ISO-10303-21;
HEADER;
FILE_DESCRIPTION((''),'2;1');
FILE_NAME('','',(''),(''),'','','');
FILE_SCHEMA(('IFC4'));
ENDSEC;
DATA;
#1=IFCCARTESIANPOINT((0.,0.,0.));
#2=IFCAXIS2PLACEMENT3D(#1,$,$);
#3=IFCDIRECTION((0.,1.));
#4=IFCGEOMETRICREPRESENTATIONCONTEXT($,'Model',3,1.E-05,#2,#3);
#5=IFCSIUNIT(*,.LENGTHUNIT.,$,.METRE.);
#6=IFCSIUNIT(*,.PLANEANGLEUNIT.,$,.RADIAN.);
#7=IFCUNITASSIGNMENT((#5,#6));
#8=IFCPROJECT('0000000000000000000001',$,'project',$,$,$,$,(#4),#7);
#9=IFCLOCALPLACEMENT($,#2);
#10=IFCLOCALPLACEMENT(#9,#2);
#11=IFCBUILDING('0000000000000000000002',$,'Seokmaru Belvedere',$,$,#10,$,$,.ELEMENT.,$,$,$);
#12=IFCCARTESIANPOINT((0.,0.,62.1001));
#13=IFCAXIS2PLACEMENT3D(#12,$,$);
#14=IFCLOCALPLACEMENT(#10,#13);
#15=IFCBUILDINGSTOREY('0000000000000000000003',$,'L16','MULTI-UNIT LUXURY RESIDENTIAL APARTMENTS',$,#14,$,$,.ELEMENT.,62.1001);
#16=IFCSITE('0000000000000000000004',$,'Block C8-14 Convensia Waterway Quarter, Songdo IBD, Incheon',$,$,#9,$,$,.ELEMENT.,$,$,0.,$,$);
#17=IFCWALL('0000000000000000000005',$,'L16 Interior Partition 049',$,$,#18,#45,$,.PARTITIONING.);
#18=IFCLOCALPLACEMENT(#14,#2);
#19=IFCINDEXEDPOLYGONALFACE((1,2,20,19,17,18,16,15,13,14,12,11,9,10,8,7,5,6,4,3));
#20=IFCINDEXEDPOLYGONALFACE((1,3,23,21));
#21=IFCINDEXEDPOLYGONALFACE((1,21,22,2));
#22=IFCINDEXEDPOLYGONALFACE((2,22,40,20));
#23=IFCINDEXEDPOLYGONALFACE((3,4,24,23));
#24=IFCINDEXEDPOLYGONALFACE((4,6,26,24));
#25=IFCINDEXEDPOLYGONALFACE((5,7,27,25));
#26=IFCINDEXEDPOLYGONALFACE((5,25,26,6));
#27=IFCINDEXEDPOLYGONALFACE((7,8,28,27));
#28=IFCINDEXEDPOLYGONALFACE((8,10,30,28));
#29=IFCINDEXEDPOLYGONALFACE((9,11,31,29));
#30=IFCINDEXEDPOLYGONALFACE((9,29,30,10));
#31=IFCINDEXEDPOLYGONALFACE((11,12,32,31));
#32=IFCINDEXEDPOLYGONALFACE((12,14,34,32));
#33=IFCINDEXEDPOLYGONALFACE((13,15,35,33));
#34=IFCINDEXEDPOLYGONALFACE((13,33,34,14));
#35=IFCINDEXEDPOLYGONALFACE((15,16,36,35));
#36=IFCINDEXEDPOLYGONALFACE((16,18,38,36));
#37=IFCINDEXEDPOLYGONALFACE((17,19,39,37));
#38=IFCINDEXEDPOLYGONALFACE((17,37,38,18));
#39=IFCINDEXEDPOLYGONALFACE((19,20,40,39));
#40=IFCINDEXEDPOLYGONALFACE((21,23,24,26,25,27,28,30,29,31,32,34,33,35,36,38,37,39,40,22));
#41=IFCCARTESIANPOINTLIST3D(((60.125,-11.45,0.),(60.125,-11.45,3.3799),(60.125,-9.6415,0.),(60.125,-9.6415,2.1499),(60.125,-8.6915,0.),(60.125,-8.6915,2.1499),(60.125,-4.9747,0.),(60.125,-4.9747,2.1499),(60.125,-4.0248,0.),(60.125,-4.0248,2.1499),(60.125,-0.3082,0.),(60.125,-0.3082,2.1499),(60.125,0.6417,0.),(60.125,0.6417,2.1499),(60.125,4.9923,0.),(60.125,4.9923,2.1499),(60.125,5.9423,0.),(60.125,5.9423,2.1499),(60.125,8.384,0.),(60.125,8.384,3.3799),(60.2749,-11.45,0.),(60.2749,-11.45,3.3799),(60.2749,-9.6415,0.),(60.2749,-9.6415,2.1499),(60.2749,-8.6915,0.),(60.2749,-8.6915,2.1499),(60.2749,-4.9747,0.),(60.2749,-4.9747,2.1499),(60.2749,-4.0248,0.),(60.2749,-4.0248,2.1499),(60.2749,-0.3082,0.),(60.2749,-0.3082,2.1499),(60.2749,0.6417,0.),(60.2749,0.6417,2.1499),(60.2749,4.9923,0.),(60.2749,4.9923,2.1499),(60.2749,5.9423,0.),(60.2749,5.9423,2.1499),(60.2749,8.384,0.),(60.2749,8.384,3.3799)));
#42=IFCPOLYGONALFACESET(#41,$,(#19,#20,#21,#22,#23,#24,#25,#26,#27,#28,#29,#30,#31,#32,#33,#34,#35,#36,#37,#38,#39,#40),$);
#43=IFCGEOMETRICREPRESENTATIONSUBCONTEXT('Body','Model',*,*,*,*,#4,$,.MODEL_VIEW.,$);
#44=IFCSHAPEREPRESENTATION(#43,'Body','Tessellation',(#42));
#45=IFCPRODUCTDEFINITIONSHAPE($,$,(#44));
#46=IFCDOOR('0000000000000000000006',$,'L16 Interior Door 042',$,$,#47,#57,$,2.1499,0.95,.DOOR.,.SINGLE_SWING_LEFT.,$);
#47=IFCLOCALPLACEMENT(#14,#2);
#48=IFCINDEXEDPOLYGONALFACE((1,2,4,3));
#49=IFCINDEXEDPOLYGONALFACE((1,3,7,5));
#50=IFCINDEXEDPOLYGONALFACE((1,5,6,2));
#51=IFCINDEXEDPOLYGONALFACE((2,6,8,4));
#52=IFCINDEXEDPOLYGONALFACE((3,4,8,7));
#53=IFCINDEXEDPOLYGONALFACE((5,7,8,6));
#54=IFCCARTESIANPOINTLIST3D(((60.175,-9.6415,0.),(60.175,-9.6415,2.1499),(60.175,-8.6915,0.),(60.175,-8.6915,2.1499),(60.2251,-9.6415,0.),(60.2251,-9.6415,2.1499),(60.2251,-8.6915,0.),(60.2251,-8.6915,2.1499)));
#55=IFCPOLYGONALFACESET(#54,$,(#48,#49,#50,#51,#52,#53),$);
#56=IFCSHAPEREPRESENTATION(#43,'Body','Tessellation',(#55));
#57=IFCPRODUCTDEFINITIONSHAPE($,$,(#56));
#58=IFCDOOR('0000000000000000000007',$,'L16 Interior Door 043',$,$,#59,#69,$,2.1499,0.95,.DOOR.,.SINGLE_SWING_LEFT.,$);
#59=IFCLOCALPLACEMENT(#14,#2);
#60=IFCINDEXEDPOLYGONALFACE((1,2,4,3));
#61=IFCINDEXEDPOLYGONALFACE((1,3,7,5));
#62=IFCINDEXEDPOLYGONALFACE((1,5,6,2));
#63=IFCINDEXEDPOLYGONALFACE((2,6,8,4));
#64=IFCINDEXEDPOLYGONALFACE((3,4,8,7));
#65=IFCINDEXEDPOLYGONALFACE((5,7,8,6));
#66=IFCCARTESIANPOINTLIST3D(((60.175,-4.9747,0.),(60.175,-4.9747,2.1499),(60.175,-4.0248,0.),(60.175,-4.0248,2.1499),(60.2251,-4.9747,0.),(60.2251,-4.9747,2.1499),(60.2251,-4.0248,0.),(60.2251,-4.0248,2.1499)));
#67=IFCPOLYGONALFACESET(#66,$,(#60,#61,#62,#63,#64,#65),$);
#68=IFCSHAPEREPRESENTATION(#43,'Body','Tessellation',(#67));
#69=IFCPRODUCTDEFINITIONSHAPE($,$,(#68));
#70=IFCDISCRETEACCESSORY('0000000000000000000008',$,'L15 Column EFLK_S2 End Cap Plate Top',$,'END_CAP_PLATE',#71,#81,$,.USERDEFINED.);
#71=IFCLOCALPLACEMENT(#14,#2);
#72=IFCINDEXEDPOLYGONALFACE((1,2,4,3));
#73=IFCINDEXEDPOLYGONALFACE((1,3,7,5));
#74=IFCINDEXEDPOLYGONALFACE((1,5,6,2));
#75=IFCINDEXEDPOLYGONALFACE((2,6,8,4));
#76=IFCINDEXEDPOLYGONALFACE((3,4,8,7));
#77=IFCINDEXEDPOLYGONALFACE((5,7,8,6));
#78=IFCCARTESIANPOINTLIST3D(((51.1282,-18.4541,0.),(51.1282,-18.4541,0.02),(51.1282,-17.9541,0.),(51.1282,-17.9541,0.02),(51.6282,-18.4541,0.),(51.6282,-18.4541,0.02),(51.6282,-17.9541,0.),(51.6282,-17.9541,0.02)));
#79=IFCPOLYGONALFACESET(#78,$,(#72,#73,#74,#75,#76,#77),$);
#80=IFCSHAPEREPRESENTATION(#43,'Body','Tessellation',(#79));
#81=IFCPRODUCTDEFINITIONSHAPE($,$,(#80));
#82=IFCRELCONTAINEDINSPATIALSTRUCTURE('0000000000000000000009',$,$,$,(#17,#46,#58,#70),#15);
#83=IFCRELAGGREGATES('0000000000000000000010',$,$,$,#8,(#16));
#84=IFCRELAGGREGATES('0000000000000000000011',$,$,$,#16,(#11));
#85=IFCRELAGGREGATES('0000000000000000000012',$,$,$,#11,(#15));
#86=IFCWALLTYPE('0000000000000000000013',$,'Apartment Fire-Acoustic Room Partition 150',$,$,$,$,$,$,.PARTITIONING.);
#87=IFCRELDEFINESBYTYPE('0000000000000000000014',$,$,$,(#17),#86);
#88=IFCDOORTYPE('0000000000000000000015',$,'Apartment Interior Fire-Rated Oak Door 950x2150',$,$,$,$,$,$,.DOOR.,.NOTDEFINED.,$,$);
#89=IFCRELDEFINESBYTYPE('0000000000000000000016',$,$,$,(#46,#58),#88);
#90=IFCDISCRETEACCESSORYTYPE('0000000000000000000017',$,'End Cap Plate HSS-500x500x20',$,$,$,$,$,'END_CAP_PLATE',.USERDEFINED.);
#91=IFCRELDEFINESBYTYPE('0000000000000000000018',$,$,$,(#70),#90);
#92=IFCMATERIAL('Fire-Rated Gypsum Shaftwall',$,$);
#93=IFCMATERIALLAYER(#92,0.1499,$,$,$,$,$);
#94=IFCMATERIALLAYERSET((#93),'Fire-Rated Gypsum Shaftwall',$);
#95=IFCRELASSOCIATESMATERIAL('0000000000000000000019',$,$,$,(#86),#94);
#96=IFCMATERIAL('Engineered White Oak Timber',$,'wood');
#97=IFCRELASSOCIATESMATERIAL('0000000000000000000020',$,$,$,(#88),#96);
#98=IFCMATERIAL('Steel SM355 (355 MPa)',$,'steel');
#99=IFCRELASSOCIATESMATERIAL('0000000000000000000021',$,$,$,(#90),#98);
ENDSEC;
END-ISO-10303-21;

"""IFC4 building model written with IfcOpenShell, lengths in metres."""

from ifc_helpers import new_model, si_unit, direction, frame, frame_2d, origin, origin_2d, place, context, subcontext, project, spatial, rectangle, extrude, source, transform, mapped, material, layer, layer_set, type_object, type_shapes, element, fill, save


model = new_model("IFC4")

# Units and contexts
model_context = context("Model", 3, precision=1e-05, world=origin(), true_north=direction((0.0, 1.0)))
body_context = subcontext(model_context, "Body", "Model", "MODEL_VIEW")
ifc_project = project(units=[si_unit("LENGTHUNIT", "METRE"), si_unit("PLANEANGLEUNIT", "RADIAN")], contexts=[model_context])

# Site, building, storey
site_placement = place(None, origin())
site = spatial("IfcSite", under=ifc_project, at=site_placement, Name="Block C8-14 Convensia Waterway Quarter, Songdo IBD, Incheon", CompositionType="ELEMENT", RefElevation=0.0)
building_placement = place(site_placement, origin())
building = spatial("IfcBuilding", under=site, at=building_placement, Name="Seokmaru Belvedere", CompositionType="ELEMENT")
storey_placement = place(building_placement, frame((0.0, 0.0, 62.1001)))
storey = spatial("IfcBuildingStorey", under=building, at=storey_placement, Name="L16", Description="MULTI-UNIT LUXURY RESIDENTIAL APARTMENTS", CompositionType="ELEMENT", Elevation=62.1001)

# Shared definitions
ifc_material_1 = material(Name="Steel SM355 (355 MPa)", Category="steel")

# Shared definitions
ifc_material_2 = material(Name="Fire-Rated Gypsum Shaftwall")
ifc_layer_1 = layer(ifc_material_2, 0.1499)
ifc_layer_set_1 = layer_set([ifc_layer_1], Name="Fire-Rated Gypsum Shaftwall")
wall_type = type_object("IfcWallType", Name="Apartment Fire-Acoustic Room Partition 150", PredefinedType="PARTITIONING", material=ifc_layer_set_1)
ifc_material_3 = material(Name="Engineered White Oak Timber", Category="wood")
door_type = type_object("IfcDoorType", Name="Apartment Interior Fire-Rated Oak Door 950x2150", OperationType="NOTDEFINED", PredefinedType="DOOR", material=ifc_material_3)
shared_shape_1 = source(origin(), body_context, "Body", "SweptSolid", [
    extrude(rectangle(XDim=0.95, YDim=2.1499, at=frame_2d((0.4751, 1.075))), frame((0.0, 0.0249, 0.0), z_axis=(0.0, -1.0, 0.0), x_axis=(1.0, 0.0, 0.0)), (0.0, 0.0, 1.0), 0.05),
])
type_shapes(door_type, [shared_shape_1])

# Wall, openings, doors
wall_1_placement = place(storey_placement, frame((60.2, -11.45, 0.0), z_axis=(0.0, 0.0, 1.0), x_axis=(0.0, 1.0, 0.0)))
wall_1 = element("IfcWall", 1, at=wall_1_placement, inside=storey, type_object=wall_type, Name="L16 Interior Partition 049", PredefinedType="PARTITIONING", context=body_context, shape_type="SweptSolid", body=[
    extrude(rectangle(XDim=19.834, YDim=0.1499, at=frame_2d((9.917, 0.0))), origin(), (0.0, 0.0, 1.0), 3.3799),
])
opening_1_placement = place(wall_1_placement, frame((1.8083, 0.0, 0.0)))
opening_1 = element("IfcOpeningElement", 2, at=opening_1_placement, cuts=wall_1, PredefinedType="OPENING", context=body_context, shape_type="SweptSolid", body=[
    extrude(rectangle(XDim=0.95, YDim=2.1499, at=frame_2d((0.4751, 1.075))), frame((0.0, 0.085, 0.0), z_axis=(0.0, -1.0, 0.0), x_axis=(1.0, 0.0, 0.0)), (0.0, 0.0, 1.0), 0.1699),
])
opening_2_placement = place(wall_1_placement, frame((6.4751, 0.0, 0.0)))
opening_2 = element("IfcOpeningElement", 3, at=opening_2_placement, cuts=wall_1, PredefinedType="OPENING", context=body_context, shape_type="SweptSolid", body=[
    extrude(rectangle(XDim=0.95, YDim=2.1499, at=frame_2d((0.4751, 1.075))), frame((0.0, 0.085, 0.0), z_axis=(0.0, -1.0, 0.0), x_axis=(1.0, 0.0, 0.0)), (0.0, 0.0, 1.0), 0.1699),
])
opening_3_placement = place(wall_1_placement, frame((11.1416, 0.0, 0.0)))
element("IfcOpeningElement", 4, at=opening_3_placement, cuts=wall_1, PredefinedType="OPENING", context=body_context, shape_type="SweptSolid", body=[
    extrude(rectangle(XDim=0.95, YDim=2.1499, at=frame_2d((0.4751, 1.075))), frame((0.0, 0.085, 0.0), z_axis=(0.0, -1.0, 0.0), x_axis=(1.0, 0.0, 0.0)), (0.0, 0.0, 1.0), 0.1699),
])
opening_4_placement = place(wall_1_placement, frame((16.4421, 0.0, 0.0)))
element("IfcOpeningElement", 5, at=opening_4_placement, cuts=wall_1, PredefinedType="OPENING", context=body_context, shape_type="SweptSolid", body=[
    extrude(rectangle(XDim=0.95, YDim=2.1499, at=frame_2d((0.4751, 1.075))), frame((0.0, 0.085, 0.0), z_axis=(0.0, -1.0, 0.0), x_axis=(1.0, 0.0, 0.0)), (0.0, 0.0, 1.0), 0.1699),
])
door_1_placement = place(opening_1_placement, origin())
door_1 = element("IfcDoor", 6, at=door_1_placement, inside=storey, type_object=door_type, Name="L16 Interior Door 042", OperationType="SINGLE_SWING_LEFT", OverallHeight=2.1499, OverallWidth=0.95, PredefinedType="DOOR", context=body_context, shape_type="MappedRepresentation", body=[
    mapped(shared_shape_1, transform((0.0, 0.0, 0.0), scale=1.0)),
])
fill(opening_1, door_1)
door_2_placement = place(opening_2_placement, origin())
door_2 = element("IfcDoor", 7, at=door_2_placement, inside=storey, type_object=door_type, Name="L16 Interior Door 043", OperationType="SINGLE_SWING_LEFT", OverallHeight=2.1499, OverallWidth=0.95, PredefinedType="DOOR", context=body_context, shape_type="MappedRepresentation", body=[
    mapped(shared_shape_1, transform((0.0, 0.0, 0.0), scale=1.0)),
])
fill(opening_2, door_2)

# Discrete accessory
discrete_accessory_type = type_object("IfcDiscreteAccessoryType", Name="End Cap Plate HSS-500x500x20", ElementType="END_CAP_PLATE", PredefinedType="USERDEFINED", material=ifc_material_1)
shared_shape_2 = source(origin(), body_context, "Body", "SweptSolid", [
    extrude(rectangle(XDim=0.5, YDim=0.5, at=origin_2d()), origin(), (0.0, 0.0, 1.0), 0.02),
])
type_shapes(discrete_accessory_type, [shared_shape_2])
discrete_accessory_placement = place(storey_placement, frame((51.3782, -18.2041, 0.0), z_axis=(0.0, 0.0, 1.0), x_axis=(1.0, 0.0, 0.0)))
element("IfcDiscreteAccessory", 8, at=discrete_accessory_placement, inside=storey, type_object=discrete_accessory_type, Name="L15 Column EFLK_S2 End Cap Plate Top", ObjectType="END_CAP_PLATE", PredefinedType="USERDEFINED", context=body_context, shape_type="MappedRepresentation", body=[
    mapped(shared_shape_2, transform((0.0, 0.0, 0.0), scale=1.0)),
])

save(model, "model.ifc")
